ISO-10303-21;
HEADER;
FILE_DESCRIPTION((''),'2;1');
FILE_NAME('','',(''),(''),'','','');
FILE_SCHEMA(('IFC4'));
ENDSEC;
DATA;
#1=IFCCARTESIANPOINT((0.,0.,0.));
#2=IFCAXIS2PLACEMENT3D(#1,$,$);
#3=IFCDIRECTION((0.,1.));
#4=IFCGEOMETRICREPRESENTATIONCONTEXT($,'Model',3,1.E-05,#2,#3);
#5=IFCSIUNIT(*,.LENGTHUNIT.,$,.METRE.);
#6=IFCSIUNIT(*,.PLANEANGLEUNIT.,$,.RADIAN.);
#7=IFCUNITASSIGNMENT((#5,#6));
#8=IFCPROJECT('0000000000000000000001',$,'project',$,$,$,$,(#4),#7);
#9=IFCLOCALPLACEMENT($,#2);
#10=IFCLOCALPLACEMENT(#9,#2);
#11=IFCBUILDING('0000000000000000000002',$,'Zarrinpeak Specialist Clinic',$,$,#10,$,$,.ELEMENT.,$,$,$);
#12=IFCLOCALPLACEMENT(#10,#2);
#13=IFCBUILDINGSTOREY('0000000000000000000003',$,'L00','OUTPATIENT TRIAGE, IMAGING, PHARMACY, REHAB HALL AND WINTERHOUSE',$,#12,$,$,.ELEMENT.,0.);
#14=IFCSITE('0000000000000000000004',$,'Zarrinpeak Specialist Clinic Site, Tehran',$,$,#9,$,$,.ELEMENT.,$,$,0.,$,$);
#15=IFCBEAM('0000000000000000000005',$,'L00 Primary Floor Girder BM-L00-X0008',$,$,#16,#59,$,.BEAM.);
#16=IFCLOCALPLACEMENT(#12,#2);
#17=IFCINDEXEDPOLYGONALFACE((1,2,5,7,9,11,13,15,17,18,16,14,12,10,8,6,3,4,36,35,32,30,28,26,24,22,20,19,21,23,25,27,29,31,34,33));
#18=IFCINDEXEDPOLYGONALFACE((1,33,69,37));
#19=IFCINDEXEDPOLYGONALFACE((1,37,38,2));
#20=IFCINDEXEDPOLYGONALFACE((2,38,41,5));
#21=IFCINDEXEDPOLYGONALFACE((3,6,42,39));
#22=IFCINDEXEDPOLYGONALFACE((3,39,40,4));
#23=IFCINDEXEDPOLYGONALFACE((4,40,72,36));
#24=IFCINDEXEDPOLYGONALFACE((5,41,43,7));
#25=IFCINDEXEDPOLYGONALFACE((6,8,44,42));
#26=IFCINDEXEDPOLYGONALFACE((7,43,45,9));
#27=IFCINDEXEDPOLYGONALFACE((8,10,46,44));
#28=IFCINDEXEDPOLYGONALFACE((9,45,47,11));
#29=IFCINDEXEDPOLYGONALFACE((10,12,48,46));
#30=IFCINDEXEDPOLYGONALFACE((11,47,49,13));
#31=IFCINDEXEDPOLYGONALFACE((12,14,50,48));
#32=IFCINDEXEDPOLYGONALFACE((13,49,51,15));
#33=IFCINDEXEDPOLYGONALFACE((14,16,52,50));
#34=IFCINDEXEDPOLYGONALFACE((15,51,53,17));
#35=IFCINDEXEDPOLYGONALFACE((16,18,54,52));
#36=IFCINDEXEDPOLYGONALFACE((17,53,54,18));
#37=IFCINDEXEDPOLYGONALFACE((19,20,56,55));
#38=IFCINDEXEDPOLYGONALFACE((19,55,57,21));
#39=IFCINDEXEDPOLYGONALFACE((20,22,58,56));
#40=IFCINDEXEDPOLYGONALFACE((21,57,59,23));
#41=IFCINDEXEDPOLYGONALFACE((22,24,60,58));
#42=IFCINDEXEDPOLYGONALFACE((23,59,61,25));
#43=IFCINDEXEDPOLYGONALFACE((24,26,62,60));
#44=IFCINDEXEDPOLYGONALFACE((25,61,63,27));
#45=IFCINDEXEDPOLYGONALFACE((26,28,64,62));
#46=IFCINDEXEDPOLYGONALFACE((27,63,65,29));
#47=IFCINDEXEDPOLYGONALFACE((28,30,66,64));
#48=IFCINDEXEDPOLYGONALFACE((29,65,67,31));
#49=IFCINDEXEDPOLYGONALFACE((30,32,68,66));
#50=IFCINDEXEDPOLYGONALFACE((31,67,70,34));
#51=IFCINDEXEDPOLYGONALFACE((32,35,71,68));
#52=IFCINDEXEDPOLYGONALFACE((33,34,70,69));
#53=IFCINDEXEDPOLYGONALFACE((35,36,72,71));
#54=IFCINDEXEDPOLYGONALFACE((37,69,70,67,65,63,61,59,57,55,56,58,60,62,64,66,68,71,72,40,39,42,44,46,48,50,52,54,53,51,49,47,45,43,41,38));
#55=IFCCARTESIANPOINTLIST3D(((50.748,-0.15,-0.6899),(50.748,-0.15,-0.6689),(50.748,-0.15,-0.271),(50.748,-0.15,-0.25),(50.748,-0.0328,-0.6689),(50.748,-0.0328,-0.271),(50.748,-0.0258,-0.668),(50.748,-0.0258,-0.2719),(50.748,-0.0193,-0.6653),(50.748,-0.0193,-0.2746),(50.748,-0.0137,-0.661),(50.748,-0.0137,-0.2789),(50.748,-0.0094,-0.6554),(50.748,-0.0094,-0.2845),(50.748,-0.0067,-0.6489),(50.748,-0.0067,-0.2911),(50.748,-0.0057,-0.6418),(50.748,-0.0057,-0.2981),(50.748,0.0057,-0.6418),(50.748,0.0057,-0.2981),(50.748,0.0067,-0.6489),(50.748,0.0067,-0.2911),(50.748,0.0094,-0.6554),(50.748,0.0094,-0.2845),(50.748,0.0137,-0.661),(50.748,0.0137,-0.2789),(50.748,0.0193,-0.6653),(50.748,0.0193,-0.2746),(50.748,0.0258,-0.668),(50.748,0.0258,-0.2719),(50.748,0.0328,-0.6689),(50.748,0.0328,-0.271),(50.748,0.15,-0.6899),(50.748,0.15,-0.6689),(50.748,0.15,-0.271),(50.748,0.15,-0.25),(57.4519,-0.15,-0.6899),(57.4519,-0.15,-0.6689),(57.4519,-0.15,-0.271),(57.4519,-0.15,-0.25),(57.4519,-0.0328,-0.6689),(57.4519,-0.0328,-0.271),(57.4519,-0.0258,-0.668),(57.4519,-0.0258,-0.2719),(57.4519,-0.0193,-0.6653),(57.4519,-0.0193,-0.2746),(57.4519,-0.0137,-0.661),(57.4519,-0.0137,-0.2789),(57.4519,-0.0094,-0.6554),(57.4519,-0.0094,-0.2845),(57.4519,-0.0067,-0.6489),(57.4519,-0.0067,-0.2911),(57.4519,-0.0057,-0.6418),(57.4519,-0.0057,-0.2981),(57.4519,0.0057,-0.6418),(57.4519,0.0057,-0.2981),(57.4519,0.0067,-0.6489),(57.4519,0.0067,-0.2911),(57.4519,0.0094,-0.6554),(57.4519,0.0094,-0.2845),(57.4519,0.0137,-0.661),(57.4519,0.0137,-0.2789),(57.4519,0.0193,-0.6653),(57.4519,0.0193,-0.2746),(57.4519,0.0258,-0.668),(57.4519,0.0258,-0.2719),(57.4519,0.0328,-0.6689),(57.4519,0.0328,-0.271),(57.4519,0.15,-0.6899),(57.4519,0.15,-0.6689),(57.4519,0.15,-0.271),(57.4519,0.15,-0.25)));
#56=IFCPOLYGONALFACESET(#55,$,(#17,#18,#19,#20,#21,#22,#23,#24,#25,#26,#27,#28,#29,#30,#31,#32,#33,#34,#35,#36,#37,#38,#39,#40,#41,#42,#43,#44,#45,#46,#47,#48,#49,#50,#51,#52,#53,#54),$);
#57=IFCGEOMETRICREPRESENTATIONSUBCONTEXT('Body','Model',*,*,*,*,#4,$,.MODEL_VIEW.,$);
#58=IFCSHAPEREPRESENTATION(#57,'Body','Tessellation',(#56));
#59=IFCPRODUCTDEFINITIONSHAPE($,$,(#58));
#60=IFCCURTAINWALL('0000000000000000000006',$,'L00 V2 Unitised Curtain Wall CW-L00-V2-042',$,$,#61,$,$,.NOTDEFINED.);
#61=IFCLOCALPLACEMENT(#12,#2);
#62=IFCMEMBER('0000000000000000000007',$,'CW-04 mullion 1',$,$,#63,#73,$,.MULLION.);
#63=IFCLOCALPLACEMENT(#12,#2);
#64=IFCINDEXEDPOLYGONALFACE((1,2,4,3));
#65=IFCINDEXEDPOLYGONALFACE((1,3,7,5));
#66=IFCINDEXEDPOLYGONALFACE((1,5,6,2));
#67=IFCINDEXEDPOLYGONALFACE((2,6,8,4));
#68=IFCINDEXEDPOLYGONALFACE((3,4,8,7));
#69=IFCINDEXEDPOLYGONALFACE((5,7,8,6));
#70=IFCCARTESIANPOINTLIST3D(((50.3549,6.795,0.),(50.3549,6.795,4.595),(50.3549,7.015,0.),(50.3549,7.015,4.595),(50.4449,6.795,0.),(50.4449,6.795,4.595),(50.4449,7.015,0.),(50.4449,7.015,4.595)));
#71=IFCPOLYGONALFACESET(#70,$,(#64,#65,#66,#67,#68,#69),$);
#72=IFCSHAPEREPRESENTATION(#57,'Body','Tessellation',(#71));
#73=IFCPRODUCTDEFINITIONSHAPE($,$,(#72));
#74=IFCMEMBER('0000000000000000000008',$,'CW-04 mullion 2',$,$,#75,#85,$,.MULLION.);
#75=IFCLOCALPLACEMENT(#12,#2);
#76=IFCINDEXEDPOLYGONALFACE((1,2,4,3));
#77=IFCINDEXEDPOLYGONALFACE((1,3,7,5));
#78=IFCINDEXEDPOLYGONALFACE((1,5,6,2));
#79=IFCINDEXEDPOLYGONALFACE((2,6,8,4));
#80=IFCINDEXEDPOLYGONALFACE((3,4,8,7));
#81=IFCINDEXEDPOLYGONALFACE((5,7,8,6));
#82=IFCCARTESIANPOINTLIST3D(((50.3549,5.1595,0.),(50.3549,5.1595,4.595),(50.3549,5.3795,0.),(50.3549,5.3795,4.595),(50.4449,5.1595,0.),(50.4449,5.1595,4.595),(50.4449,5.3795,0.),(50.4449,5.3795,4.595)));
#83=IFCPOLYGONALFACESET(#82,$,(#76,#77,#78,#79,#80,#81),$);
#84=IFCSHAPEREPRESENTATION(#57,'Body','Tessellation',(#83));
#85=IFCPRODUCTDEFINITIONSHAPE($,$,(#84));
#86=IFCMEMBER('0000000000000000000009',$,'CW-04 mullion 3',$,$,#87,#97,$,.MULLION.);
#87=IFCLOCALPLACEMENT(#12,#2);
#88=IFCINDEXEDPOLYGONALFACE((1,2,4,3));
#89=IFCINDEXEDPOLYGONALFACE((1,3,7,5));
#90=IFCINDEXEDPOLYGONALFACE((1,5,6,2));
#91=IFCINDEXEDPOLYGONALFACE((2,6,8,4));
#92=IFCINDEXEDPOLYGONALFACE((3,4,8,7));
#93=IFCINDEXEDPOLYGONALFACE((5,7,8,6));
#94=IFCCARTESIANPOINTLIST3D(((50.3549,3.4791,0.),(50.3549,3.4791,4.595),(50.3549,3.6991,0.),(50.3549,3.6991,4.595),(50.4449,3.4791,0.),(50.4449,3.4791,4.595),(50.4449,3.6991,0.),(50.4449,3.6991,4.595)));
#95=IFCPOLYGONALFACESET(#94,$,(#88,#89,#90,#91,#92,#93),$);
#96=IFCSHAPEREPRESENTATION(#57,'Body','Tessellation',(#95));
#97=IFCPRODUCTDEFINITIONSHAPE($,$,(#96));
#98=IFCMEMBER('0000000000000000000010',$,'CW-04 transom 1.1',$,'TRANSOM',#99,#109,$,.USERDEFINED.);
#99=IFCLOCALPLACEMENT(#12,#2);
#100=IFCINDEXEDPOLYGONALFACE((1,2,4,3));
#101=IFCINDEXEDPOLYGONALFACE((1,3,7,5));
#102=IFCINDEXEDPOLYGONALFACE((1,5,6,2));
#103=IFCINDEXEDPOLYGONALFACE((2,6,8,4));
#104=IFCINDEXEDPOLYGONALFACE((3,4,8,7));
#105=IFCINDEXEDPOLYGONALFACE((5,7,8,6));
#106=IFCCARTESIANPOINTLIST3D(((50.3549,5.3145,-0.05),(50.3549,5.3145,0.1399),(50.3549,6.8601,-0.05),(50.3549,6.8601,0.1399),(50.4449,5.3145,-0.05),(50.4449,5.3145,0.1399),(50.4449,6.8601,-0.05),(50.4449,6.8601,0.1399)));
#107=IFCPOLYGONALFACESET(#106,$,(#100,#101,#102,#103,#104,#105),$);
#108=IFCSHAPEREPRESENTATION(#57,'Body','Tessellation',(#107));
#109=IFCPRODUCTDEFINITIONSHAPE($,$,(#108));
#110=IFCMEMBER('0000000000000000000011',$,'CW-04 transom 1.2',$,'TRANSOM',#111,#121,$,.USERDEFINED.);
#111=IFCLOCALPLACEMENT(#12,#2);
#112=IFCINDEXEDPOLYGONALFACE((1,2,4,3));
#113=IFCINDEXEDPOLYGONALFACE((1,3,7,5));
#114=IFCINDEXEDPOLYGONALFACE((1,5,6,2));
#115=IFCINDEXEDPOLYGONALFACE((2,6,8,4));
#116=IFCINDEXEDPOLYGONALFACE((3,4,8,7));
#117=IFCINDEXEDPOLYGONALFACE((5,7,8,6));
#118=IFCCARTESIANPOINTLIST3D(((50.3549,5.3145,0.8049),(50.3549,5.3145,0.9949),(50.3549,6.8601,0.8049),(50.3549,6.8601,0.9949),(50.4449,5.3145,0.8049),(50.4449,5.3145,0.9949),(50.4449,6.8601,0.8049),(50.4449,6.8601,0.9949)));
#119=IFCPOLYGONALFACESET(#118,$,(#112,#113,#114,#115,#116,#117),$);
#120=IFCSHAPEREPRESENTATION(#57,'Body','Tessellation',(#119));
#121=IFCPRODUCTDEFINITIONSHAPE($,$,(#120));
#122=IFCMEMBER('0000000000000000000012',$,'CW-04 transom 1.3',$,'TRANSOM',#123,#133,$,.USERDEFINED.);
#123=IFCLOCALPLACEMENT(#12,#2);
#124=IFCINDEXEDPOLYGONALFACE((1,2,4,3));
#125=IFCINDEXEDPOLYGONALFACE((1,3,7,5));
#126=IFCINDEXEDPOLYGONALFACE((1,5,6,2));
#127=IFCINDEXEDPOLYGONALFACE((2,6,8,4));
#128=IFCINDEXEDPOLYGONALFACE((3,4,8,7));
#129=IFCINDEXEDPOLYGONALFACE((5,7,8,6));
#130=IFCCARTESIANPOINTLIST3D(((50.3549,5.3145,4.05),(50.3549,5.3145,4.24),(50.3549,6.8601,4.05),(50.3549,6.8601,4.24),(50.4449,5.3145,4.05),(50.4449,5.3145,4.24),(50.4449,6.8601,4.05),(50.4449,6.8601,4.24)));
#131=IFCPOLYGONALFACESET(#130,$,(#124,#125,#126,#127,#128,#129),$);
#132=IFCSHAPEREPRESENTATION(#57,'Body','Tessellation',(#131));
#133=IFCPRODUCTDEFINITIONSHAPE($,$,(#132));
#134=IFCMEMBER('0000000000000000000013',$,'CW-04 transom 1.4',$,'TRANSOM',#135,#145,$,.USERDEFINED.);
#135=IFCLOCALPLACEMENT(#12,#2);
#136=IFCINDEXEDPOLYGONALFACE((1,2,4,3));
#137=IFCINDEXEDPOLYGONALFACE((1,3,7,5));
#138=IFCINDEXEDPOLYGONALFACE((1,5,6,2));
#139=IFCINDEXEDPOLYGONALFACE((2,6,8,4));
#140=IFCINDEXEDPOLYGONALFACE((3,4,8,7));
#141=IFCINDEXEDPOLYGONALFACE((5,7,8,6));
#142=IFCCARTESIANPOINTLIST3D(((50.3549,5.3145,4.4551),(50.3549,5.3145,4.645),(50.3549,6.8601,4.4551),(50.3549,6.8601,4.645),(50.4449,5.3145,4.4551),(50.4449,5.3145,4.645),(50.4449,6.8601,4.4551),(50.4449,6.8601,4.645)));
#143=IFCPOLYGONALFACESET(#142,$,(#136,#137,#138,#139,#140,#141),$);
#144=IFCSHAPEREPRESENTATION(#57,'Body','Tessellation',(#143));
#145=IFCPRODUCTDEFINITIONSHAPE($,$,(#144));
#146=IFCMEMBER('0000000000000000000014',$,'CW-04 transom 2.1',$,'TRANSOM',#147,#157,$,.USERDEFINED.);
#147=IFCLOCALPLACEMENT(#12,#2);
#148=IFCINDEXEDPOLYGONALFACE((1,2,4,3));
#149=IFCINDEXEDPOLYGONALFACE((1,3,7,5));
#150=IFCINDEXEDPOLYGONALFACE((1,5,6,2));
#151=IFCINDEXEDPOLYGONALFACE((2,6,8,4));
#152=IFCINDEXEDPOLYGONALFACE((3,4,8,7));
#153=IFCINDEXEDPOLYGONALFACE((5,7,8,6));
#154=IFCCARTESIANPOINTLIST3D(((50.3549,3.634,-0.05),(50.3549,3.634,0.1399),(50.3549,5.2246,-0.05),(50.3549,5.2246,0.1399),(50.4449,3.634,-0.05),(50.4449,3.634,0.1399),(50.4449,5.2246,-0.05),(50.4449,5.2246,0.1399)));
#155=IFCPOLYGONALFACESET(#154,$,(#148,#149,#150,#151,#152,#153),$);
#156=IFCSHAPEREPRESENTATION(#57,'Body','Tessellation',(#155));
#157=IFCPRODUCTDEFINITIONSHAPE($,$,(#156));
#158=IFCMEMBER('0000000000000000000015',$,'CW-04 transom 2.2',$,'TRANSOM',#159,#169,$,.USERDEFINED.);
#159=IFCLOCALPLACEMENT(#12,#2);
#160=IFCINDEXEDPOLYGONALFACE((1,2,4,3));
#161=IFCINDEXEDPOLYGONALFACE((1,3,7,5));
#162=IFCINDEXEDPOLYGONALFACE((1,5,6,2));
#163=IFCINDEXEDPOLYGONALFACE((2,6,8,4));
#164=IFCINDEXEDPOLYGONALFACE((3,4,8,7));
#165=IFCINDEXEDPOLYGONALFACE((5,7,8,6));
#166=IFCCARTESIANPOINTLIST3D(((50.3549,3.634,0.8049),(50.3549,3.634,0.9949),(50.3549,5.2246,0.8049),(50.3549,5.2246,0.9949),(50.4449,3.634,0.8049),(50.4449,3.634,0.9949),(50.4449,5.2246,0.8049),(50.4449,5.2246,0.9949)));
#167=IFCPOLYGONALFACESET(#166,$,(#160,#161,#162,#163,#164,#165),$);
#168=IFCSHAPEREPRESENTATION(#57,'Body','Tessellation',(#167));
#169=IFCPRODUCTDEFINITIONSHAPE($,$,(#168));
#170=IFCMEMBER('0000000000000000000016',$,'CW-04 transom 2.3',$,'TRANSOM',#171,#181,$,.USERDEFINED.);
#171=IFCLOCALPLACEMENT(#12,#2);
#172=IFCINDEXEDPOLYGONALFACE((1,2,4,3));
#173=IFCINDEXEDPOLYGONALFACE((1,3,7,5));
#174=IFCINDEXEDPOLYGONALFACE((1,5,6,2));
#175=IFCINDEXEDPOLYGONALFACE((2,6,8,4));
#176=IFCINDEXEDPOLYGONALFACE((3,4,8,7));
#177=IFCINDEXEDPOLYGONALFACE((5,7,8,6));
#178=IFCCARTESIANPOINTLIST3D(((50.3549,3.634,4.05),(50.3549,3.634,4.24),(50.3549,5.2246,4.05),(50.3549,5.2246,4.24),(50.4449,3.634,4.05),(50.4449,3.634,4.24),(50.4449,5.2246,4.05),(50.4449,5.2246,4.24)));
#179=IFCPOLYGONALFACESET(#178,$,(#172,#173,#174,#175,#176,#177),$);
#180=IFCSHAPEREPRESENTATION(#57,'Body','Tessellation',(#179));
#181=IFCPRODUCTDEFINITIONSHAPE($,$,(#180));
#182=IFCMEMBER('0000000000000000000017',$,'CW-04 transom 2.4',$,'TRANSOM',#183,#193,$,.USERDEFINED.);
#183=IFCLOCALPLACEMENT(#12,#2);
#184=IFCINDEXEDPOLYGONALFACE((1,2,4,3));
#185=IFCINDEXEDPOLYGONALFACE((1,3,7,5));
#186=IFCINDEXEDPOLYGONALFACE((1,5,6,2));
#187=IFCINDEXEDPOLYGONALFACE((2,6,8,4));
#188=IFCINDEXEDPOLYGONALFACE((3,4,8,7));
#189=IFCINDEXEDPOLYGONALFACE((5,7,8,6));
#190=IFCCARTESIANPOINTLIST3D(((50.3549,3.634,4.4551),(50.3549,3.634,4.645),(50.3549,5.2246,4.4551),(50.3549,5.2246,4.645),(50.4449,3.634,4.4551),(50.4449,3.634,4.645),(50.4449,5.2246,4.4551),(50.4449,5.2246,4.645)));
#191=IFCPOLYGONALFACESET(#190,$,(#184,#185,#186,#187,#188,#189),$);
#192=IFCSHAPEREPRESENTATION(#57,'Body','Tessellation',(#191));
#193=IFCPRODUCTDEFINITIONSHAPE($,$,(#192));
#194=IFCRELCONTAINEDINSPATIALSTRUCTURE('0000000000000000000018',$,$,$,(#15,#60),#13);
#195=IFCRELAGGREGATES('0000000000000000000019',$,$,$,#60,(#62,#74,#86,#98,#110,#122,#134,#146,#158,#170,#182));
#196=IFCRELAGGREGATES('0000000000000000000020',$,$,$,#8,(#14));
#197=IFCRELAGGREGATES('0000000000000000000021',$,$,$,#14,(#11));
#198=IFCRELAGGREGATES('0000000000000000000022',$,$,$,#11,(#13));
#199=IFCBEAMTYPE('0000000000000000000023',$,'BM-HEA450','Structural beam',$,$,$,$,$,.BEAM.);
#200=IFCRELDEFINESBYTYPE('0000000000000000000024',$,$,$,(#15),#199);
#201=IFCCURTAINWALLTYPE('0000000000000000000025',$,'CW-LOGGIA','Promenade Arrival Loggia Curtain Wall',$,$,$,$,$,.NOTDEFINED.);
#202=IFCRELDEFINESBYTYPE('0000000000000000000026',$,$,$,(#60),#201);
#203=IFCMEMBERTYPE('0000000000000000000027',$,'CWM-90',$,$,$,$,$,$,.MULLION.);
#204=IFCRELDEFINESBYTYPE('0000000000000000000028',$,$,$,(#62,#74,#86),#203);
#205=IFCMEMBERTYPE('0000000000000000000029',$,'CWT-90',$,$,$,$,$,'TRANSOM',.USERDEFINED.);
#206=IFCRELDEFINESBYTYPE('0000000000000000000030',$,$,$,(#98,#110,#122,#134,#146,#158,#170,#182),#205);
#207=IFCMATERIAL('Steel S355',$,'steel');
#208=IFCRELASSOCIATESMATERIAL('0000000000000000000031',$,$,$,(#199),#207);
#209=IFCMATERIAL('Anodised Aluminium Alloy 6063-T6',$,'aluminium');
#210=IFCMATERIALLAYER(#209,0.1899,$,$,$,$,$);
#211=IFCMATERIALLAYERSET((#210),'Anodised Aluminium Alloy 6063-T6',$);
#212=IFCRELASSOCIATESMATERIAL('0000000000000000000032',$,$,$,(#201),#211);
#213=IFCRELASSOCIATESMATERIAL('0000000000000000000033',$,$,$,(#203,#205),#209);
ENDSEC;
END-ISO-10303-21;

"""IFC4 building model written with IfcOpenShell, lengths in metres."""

from ifc_helpers import new_model, si_unit, direction, frame, origin, origin_2d, place, context, subcontext, project, spatial, rectangle, i_section, extrude, material, layer, layer_set, material_profile, profile_set, type_object, element, aggregate, save


model = new_model("IFC4")

# Units and contexts
model_context = context("Model", 3, precision=1e-05, world=origin(), true_north=direction((0.0, 1.0)))
body_context = subcontext(model_context, "Body", "Model", "MODEL_VIEW")
ifc_project = project(units=[si_unit("LENGTHUNIT", "METRE"), si_unit("PLANEANGLEUNIT", "RADIAN")], contexts=[model_context])

# Site, building, storey
site_placement = place(None, origin())
site = spatial("IfcSite", under=ifc_project, at=site_placement, Name="Zarrinpeak Specialist Clinic Site, Tehran", CompositionType="ELEMENT", RefElevation=0.0)
building_placement = place(site_placement, origin())
building = spatial("IfcBuilding", under=site, at=building_placement, Name="Zarrinpeak Specialist Clinic", CompositionType="ELEMENT")
storey_placement = place(building_placement, origin())
storey = spatial("IfcBuildingStorey", under=building, at=storey_placement, Name="L00", Description="OUTPATIENT TRIAGE, IMAGING, PHARMACY, REHAB HALL AND WINTERHOUSE", CompositionType="ELEMENT", Elevation=0.0)

# Beam
ifc_material_1 = material(Name="Steel S355", Category="steel")
ifc_material_profile_1 = material_profile(ifc_material_1, i_section(OverallWidth=0.3, OverallDepth=0.4399, WebThickness=0.0115, FlangeThickness=0.021, FilletRadius=0.0271, at=origin_2d()), Name="HEA 450")
ifc_profile_set_1 = profile_set([ifc_material_profile_1], Name="Steel S355")
beam_type = type_object("IfcBeamType", Name="BM-HEA450", Description="Structural beam", PredefinedType="BEAM", material=ifc_profile_set_1)
beam_placement = place(storey_placement, frame((50.748, 0.0, -0.47), z_axis=(1.0, 0.0, 0.0), x_axis=(0.0, 1.0, 0.0)))
element("IfcBeam", 1, at=beam_placement, inside=storey, type_object=beam_type, Name="L00 Primary Floor Girder BM-L00-X0008", PredefinedType="BEAM", context=body_context, shape_type="SweptSolid", body=[
    extrude(i_section(OverallWidth=0.3, OverallDepth=0.4399, WebThickness=0.0115, FlangeThickness=0.021, FilletRadius=0.0271, at=origin_2d()), origin(), (0.0, 0.0, 1.0), 6.7039),
])

# Curtain wall, members
ifc_material_2 = material(Name="Anodised Aluminium Alloy 6063-T6", Category="aluminium")
ifc_layer_1 = layer(ifc_material_2, 0.1899)
ifc_layer_set_1 = layer_set([ifc_layer_1], Name="Anodised Aluminium Alloy 6063-T6")
curtain_wall_type = type_object("IfcCurtainWallType", Name="CW-LOGGIA", Description="Promenade Arrival Loggia Curtain Wall", PredefinedType="NOTDEFINED", material=ifc_layer_set_1)
curtain_wall_placement = place(storey_placement, origin())
curtain_wall = element("IfcCurtainWall", 2, at=curtain_wall_placement, inside=storey, type_object=curtain_wall_type, Name="L00 V2 Unitised Curtain Wall CW-L00-V2-042", PredefinedType="NOTDEFINED")
ifc_material_profile_2 = material_profile(ifc_material_2, rectangle(XDim=0.0901, YDim=0.22, at=origin_2d()), Name="ALU 90x220")
ifc_profile_set_2 = profile_set([ifc_material_profile_2], Name="Anodised Aluminium Alloy 6063-T6")
member_type_1 = type_object("IfcMemberType", Name="CWM-90", PredefinedType="MULLION", material=ifc_profile_set_2)
member_1_placement = place(storey_placement, frame((50.3999, 6.905, 0.0), z_axis=(0.0, 0.0, 1.0), x_axis=(1.0, 0.0, 0.0)))
member_1 = element("IfcMember", 3, at=member_1_placement, type_object=member_type_1, Name="CW-04 mullion 1", PredefinedType="MULLION", context=body_context, shape_type="SweptSolid", body=[
    extrude(rectangle(XDim=0.0901, YDim=0.22, at=origin_2d()), origin(), (0.0, 0.0, 1.0), 4.595),
])
member_2_placement = place(storey_placement, frame((50.3999, 5.2695, 0.0), z_axis=(0.0, 0.0, 1.0), x_axis=(1.0, 0.0, 0.0)))
member_2 = element("IfcMember", 4, at=member_2_placement, type_object=member_type_1, Name="CW-04 mullion 2", PredefinedType="MULLION", context=body_context, shape_type="SweptSolid", body=[
    extrude(rectangle(XDim=0.0901, YDim=0.22, at=origin_2d()), origin(), (0.0, 0.0, 1.0), 4.595),
])
member_3_placement = place(storey_placement, frame((50.3999, 3.5891, 0.0), z_axis=(0.0, 0.0, 1.0), x_axis=(1.0, 0.0, 0.0)))
member_3 = element("IfcMember", 5, at=member_3_placement, type_object=member_type_1, Name="CW-04 mullion 3", PredefinedType="MULLION", context=body_context, shape_type="SweptSolid", body=[
    extrude(rectangle(XDim=0.0901, YDim=0.22, at=origin_2d()), origin(), (0.0, 0.0, 1.0), 4.595),
])
ifc_material_profile_3 = material_profile(ifc_material_2, rectangle(XDim=0.0901, YDim=0.1899, at=origin_2d()), Name="ALU 90x190")
ifc_profile_set_3 = profile_set([ifc_material_profile_3], Name="Anodised Aluminium Alloy 6063-T6")
member_type_2 = type_object("IfcMemberType", Name="CWT-90", ElementType="TRANSOM", PredefinedType="USERDEFINED", material=ifc_profile_set_3)
member_4_placement = place(storey_placement, frame((50.3999, 6.8601, 0.0449), z_axis=(0.0, -1.0, 0.0), x_axis=(1.0, 0.0, 0.0)))
member_4 = element("IfcMember", 6, at=member_4_placement, type_object=member_type_2, Name="CW-04 transom 1.1", ObjectType="TRANSOM", PredefinedType="USERDEFINED", context=body_context, shape_type="SweptSolid", body=[
    extrude(rectangle(XDim=0.0901, YDim=0.1899, at=origin_2d()), origin(), (0.0, 0.0, 1.0), 1.5457),
])
member_5_placement = place(storey_placement, frame((50.3999, 6.8601, 0.8999), z_axis=(0.0, -1.0, 0.0), x_axis=(1.0, 0.0, 0.0)))
member_5 = element("IfcMember", 7, at=member_5_placement, type_object=member_type_2, Name="CW-04 transom 1.2", ObjectType="TRANSOM", PredefinedType="USERDEFINED", context=body_context, shape_type="SweptSolid", body=[
    extrude(rectangle(XDim=0.0901, YDim=0.1899, at=origin_2d()), origin(), (0.0, 0.0, 1.0), 1.5457),
])
member_6_placement = place(storey_placement, frame((50.3999, 6.8601, 4.145), z_axis=(0.0, -1.0, 0.0), x_axis=(1.0, 0.0, 0.0)))
member_6 = element("IfcMember", 8, at=member_6_placement, type_object=member_type_2, Name="CW-04 transom 1.3", ObjectType="TRANSOM", PredefinedType="USERDEFINED", context=body_context, shape_type="SweptSolid", body=[
    extrude(rectangle(XDim=0.0901, YDim=0.1899, at=origin_2d()), origin(), (0.0, 0.0, 1.0), 1.5457),
])
member_7_placement = place(storey_placement, frame((50.3999, 6.8601, 4.55), z_axis=(0.0, -1.0, 0.0), x_axis=(1.0, 0.0, 0.0)))
member_7 = element("IfcMember", 9, at=member_7_placement, type_object=member_type_2, Name="CW-04 transom 1.4", ObjectType="TRANSOM", PredefinedType="USERDEFINED", context=body_context, shape_type="SweptSolid", body=[
    extrude(rectangle(XDim=0.0901, YDim=0.1899, at=origin_2d()), origin(), (0.0, 0.0, 1.0), 1.5457),
])
member_8_placement = place(storey_placement, frame((50.3999, 5.2246, 0.0449), z_axis=(0.0, -1.0, 0.0), x_axis=(1.0, 0.0, 0.0)))
member_8 = element("IfcMember", 10, at=member_8_placement, type_object=member_type_2, Name="CW-04 transom 2.1", ObjectType="TRANSOM", PredefinedType="USERDEFINED", context=body_context, shape_type="SweptSolid", body=[
    extrude(rectangle(XDim=0.0901, YDim=0.1899, at=origin_2d()), origin(), (0.0, 0.0, 1.0), 1.5906),
])
member_9_placement = place(storey_placement, frame((50.3999, 5.2246, 0.8999), z_axis=(0.0, -1.0, 0.0), x_axis=(1.0, 0.0, 0.0)))
member_9 = element("IfcMember", 11, at=member_9_placement, type_object=member_type_2, Name="CW-04 transom 2.2", ObjectType="TRANSOM", PredefinedType="USERDEFINED", context=body_context, shape_type="SweptSolid", body=[
    extrude(rectangle(XDim=0.0901, YDim=0.1899, at=origin_2d()), origin(), (0.0, 0.0, 1.0), 1.5906),
])
member_10_placement = place(storey_placement, frame((50.3999, 5.2246, 4.145), z_axis=(0.0, -1.0, 0.0), x_axis=(1.0, 0.0, 0.0)))
member_10 = element("IfcMember", 12, at=member_10_placement, type_object=member_type_2, Name="CW-04 transom 2.3", ObjectType="TRANSOM", PredefinedType="USERDEFINED", context=body_context, shape_type="SweptSolid", body=[
    extrude(rectangle(XDim=0.0901, YDim=0.1899, at=origin_2d()), origin(), (0.0, 0.0, 1.0), 1.5906),
])
member_11_placement = place(storey_placement, frame((50.3999, 5.2246, 4.55), z_axis=(0.0, -1.0, 0.0), x_axis=(1.0, 0.0, 0.0)))
member_11 = element("IfcMember", 13, at=member_11_placement, type_object=member_type_2, Name="CW-04 transom 2.4", ObjectType="TRANSOM", PredefinedType="USERDEFINED", context=body_context, shape_type="SweptSolid", body=[
    extrude(rectangle(XDim=0.0901, YDim=0.1899, at=origin_2d()), origin(), (0.0, 0.0, 1.0), 1.5906),
])
aggregate(curtain_wall, [member_1, member_2, member_3, member_4, member_5, member_6, member_7, member_8, member_9, member_10, member_11])

save(model, "model.ifc")
